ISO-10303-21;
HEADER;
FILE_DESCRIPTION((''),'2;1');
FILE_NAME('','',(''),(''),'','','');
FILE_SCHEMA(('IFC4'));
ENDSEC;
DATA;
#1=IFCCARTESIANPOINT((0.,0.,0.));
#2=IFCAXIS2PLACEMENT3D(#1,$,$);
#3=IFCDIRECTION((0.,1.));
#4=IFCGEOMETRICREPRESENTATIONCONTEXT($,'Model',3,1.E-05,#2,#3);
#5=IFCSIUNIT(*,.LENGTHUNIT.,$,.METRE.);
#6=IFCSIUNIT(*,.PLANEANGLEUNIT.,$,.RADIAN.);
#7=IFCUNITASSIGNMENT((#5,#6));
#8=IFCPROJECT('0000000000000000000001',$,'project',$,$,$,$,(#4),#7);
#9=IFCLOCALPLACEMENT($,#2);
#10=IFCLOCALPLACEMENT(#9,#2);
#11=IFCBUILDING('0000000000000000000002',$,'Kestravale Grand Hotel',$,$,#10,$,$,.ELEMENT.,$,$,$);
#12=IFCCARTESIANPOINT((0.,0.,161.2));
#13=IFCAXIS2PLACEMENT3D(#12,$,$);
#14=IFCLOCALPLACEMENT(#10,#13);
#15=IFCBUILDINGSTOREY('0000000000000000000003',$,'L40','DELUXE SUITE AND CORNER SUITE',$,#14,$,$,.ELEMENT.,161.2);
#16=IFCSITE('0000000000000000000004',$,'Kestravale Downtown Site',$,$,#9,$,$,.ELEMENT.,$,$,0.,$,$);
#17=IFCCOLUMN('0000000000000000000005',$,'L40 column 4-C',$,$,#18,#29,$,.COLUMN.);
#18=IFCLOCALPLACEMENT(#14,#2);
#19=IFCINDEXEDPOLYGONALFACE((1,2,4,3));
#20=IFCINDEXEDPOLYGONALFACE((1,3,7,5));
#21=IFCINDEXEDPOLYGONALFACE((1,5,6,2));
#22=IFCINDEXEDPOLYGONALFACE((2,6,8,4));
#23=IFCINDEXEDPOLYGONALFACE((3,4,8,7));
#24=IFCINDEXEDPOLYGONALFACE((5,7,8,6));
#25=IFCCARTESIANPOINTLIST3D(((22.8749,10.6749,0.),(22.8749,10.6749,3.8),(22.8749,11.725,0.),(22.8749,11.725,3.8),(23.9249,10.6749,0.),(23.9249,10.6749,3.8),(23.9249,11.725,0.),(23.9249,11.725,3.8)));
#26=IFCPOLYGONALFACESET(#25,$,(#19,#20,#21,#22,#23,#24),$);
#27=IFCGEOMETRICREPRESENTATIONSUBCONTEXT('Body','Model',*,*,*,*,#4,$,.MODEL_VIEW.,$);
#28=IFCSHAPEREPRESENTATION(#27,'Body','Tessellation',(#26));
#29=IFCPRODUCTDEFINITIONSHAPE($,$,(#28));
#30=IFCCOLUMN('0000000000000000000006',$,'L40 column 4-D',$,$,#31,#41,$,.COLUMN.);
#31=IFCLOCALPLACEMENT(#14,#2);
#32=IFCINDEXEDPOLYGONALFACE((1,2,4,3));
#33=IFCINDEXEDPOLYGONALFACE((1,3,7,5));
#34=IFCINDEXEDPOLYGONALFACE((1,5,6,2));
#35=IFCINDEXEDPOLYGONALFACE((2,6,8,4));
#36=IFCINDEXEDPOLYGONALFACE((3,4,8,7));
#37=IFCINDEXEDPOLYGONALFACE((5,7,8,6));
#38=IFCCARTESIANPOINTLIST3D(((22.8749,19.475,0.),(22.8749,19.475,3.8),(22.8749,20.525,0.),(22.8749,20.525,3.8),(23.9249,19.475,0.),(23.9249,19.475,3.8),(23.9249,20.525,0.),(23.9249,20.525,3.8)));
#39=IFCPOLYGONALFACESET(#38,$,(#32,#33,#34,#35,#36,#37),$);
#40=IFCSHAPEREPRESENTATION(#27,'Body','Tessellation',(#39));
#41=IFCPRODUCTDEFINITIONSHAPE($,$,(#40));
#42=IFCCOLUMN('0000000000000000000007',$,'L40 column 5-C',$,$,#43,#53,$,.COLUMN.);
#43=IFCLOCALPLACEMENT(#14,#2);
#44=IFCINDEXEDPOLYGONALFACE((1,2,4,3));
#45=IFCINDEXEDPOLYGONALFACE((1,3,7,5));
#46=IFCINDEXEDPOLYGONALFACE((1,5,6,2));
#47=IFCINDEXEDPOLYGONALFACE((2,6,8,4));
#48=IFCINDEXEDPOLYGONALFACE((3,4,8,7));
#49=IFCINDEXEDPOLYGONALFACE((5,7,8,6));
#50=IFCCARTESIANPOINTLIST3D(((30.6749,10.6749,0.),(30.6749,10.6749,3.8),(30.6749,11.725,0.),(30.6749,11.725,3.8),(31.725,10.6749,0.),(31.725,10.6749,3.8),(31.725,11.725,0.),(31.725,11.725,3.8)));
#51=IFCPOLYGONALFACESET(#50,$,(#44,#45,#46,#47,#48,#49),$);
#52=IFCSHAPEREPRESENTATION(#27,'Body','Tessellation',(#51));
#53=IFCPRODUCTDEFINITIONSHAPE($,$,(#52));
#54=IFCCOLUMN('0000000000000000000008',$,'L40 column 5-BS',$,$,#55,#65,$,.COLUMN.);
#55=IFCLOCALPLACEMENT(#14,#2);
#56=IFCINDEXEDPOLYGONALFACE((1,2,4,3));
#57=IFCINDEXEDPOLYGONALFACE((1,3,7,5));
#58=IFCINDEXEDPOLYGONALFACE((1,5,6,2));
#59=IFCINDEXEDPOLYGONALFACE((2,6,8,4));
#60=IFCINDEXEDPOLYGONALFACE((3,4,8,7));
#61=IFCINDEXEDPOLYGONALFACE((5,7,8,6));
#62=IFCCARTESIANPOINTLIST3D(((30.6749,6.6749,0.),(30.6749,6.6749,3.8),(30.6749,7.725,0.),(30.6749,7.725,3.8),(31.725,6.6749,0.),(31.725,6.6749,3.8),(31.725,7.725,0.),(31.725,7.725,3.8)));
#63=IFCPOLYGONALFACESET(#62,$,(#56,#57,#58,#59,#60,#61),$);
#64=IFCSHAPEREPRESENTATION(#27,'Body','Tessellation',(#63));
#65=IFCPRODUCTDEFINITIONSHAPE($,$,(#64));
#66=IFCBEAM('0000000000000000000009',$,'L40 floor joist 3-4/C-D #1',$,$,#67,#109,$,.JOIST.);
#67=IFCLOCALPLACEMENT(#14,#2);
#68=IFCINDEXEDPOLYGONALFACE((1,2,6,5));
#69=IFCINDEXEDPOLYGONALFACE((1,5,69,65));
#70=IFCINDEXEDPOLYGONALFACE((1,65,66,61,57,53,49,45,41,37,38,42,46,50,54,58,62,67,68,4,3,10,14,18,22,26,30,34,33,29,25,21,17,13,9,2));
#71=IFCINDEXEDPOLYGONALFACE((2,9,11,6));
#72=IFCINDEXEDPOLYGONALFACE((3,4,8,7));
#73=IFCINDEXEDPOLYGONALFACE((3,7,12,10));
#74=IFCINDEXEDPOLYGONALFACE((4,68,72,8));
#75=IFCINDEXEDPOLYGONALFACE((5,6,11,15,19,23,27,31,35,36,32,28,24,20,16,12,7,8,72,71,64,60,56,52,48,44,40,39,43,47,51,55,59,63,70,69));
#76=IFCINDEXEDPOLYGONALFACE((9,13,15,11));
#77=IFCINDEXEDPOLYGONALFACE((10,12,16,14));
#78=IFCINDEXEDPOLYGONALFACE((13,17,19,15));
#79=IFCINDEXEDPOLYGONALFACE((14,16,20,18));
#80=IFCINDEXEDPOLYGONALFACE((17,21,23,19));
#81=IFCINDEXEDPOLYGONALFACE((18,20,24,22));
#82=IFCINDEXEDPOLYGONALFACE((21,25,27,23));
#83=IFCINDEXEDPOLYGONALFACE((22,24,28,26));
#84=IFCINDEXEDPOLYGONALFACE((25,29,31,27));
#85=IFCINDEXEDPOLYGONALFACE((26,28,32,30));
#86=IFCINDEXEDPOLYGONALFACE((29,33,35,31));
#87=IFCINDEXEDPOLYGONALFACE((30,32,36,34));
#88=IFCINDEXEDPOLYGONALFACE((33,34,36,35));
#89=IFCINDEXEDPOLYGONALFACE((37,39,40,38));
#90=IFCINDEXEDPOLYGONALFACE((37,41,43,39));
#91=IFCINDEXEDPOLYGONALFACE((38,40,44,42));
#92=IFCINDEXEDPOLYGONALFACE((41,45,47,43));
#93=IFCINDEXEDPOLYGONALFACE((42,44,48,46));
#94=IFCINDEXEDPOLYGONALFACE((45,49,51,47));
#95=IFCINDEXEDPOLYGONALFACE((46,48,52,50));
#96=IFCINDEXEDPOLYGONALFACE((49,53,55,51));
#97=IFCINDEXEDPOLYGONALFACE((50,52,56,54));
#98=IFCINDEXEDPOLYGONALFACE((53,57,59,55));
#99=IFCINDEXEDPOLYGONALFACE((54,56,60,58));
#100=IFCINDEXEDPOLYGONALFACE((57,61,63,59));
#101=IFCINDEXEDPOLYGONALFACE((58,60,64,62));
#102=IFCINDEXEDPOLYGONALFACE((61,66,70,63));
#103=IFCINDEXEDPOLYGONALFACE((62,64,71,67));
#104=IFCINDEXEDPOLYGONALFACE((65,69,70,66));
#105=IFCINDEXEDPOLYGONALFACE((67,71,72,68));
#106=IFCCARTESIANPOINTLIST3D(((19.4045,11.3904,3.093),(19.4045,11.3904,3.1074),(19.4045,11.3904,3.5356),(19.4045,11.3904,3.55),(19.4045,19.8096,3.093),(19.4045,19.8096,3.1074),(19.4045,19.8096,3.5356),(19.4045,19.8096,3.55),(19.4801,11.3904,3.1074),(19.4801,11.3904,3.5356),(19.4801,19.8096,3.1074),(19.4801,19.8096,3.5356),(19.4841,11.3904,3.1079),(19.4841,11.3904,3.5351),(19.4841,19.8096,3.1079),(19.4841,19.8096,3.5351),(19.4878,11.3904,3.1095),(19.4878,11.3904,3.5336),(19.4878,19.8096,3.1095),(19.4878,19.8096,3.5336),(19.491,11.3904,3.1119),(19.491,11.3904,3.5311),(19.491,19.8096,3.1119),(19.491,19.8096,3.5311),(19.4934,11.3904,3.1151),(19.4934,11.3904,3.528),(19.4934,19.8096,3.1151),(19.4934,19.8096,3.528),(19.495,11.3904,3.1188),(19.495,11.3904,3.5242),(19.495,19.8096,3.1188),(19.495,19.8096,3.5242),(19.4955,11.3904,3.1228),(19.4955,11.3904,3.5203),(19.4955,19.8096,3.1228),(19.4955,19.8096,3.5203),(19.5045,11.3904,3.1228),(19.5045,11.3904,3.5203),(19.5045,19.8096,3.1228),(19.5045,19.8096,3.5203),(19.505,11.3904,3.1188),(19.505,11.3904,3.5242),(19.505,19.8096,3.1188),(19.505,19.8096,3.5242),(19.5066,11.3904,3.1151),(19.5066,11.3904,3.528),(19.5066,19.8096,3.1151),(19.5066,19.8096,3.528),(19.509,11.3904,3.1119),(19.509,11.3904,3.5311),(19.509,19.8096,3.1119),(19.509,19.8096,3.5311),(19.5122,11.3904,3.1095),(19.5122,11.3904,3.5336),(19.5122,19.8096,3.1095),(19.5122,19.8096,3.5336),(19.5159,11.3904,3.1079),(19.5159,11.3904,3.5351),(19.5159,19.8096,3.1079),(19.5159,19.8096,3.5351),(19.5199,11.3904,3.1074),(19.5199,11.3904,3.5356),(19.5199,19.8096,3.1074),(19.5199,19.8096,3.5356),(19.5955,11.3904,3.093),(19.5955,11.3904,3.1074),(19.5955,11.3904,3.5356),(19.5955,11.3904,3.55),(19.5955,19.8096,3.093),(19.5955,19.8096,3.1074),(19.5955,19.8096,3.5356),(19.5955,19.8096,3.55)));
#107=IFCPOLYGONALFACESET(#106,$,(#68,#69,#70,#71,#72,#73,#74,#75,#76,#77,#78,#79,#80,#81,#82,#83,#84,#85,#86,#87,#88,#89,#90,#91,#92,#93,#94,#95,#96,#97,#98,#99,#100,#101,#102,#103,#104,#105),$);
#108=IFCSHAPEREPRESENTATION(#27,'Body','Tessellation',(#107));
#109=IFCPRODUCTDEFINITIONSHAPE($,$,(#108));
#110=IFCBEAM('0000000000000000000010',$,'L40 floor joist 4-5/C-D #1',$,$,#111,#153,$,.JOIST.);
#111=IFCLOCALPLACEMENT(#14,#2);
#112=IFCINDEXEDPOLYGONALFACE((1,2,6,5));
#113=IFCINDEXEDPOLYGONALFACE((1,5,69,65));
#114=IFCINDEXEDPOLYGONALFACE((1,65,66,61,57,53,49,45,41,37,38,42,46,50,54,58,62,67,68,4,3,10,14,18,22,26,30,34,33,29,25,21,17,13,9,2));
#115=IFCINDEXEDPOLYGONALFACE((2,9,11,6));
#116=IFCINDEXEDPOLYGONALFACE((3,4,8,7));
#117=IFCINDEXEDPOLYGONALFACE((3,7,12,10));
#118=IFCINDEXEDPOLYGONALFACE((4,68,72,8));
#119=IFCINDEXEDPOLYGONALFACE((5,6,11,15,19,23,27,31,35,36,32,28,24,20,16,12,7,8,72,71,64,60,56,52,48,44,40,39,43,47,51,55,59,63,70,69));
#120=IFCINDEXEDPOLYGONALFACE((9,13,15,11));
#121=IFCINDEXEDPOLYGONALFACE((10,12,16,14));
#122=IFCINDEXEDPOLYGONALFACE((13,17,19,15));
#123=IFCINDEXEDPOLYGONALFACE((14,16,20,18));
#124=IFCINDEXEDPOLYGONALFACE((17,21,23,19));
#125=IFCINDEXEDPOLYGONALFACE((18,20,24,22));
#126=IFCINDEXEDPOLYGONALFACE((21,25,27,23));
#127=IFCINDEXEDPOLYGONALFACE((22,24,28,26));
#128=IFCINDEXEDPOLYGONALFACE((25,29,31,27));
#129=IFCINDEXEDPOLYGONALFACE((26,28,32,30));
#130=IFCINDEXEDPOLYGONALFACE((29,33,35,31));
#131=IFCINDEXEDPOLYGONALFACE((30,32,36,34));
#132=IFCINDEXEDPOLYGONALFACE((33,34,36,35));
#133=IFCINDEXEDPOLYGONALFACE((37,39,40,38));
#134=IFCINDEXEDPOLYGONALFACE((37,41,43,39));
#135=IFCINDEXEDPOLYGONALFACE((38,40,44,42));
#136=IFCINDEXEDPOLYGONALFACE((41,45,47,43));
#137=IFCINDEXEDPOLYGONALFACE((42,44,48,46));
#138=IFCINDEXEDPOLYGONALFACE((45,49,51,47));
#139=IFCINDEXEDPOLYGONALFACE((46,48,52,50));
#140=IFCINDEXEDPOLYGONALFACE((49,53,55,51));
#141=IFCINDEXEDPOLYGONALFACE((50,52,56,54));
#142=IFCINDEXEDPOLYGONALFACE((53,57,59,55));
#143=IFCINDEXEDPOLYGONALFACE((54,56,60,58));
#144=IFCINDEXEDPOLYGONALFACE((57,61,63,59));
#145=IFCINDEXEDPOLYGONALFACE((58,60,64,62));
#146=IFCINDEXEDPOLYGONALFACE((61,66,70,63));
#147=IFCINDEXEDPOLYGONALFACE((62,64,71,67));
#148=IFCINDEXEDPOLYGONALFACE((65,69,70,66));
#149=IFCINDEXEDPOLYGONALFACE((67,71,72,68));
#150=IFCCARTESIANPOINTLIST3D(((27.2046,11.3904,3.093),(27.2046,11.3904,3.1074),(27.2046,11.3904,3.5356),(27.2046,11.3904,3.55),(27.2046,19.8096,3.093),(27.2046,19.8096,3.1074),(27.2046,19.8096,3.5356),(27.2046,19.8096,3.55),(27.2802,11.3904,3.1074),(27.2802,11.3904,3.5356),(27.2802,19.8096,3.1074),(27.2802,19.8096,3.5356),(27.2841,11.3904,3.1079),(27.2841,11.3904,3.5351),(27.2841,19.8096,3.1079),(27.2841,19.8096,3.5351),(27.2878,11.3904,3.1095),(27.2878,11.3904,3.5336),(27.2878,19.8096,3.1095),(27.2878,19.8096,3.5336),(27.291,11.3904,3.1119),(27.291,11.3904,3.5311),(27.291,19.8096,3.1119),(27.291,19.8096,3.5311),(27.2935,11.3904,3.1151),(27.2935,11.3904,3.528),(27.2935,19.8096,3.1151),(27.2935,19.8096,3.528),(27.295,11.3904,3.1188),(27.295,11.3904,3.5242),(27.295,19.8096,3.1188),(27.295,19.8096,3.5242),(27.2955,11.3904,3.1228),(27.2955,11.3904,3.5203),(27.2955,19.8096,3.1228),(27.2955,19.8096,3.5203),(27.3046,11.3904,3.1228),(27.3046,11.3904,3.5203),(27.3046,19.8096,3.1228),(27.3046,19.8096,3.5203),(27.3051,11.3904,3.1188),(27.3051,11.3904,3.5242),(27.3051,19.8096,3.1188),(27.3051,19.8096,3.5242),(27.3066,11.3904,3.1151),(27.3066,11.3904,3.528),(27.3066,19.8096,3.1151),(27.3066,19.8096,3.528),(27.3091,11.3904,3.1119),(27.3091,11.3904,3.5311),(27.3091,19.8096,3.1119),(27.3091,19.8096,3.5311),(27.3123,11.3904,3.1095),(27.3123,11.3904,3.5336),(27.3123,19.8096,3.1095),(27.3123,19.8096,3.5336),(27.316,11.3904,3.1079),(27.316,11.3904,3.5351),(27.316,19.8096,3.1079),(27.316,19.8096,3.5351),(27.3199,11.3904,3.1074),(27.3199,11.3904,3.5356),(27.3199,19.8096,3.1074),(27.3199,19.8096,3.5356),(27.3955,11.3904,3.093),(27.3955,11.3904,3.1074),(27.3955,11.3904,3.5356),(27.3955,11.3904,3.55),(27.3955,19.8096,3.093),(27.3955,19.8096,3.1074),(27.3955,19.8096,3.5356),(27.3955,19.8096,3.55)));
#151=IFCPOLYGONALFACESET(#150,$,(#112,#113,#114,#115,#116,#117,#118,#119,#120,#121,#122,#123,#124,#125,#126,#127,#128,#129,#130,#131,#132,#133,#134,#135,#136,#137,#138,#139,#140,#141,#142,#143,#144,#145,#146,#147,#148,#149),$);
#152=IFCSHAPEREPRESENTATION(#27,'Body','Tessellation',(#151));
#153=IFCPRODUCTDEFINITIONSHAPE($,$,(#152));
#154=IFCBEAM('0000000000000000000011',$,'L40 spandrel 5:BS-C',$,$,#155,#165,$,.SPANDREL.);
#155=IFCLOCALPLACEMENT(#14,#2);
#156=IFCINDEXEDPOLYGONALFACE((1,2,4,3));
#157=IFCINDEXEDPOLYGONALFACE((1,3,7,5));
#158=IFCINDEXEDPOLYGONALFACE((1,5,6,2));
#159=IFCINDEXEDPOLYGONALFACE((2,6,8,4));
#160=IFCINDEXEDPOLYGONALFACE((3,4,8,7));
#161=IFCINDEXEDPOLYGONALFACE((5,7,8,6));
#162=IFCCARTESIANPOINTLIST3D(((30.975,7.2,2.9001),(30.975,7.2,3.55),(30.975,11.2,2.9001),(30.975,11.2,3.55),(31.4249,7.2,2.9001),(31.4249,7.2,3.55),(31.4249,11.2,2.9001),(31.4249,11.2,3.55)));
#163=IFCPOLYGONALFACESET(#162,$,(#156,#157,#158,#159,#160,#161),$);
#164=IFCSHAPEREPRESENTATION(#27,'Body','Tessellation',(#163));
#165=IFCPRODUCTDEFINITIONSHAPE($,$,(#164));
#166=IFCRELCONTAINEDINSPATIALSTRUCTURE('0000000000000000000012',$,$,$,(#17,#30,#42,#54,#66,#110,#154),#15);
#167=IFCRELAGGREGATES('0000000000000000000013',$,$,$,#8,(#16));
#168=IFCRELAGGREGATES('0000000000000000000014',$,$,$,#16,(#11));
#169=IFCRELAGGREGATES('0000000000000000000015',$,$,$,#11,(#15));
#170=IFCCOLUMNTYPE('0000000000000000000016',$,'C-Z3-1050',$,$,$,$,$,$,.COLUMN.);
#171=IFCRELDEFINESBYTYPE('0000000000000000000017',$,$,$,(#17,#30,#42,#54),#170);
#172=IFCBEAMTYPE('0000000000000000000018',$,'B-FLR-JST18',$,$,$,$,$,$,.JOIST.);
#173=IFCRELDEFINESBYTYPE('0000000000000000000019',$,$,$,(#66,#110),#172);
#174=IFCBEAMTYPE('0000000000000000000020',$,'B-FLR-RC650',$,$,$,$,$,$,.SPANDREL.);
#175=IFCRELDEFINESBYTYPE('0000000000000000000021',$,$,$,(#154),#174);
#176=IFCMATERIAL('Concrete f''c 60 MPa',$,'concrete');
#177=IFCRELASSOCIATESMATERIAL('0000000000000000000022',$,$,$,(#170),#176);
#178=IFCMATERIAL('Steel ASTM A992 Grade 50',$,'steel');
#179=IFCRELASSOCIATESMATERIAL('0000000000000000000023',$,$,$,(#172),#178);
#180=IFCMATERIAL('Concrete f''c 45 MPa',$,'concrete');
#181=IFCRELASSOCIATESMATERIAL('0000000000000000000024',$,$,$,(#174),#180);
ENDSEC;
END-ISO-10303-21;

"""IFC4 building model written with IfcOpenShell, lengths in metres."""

from ifc_helpers import new_model, si_unit, direction, frame, origin, origin_2d, place, context, subcontext, project, spatial, rectangle, i_section, extrude, material, material_profile, profile_set, type_object, element, save


model = new_model("IFC4")

# Units and contexts
model_context = context("Model", 3, precision=1e-05, world=origin(), true_north=direction((0.0, 1.0)))
body_context = subcontext(model_context, "Body", "Model", "MODEL_VIEW")
ifc_project = project(units=[si_unit("LENGTHUNIT", "METRE"), si_unit("PLANEANGLEUNIT", "RADIAN")], contexts=[model_context])

# Site, building, storey
site_placement = place(None, origin())
site = spatial("IfcSite", under=ifc_project, at=site_placement, Name="Kestravale Downtown Site", CompositionType="ELEMENT", RefElevation=0.0)
building_placement = place(site_placement, origin())
building = spatial("IfcBuilding", under=site, at=building_placement, Name="Kestravale Grand Hotel", CompositionType="ELEMENT")
storey_placement = place(building_placement, frame((0.0, 0.0, 161.2)))
storey = spatial("IfcBuildingStorey", under=building, at=storey_placement, Name="L40", Description="DELUXE SUITE AND CORNER SUITE", CompositionType="ELEMENT", Elevation=161.2)

# Columns
ifc_material_1 = material(Name="Concrete f'c 60 MPa", Category="concrete")
ifc_material_profile_1 = material_profile(ifc_material_1, rectangle(XDim=1.05, YDim=1.05, at=origin_2d()))
ifc_profile_set_1 = profile_set([ifc_material_profile_1], Name="Concrete f'c 60 MPa")
column_type = type_object("IfcColumnType", Name="C-Z3-1050", PredefinedType="COLUMN", material=ifc_profile_set_1)
for number, where, z_axis, x_axis, name in (
    (1, (23.3999, 11.2, 0.0), (0.0, 0.0, 1.0), (1.0, 0.0, 0.0), "L40 column 4-C"),
    (2, (23.3999, 20.0, 0.0), (0.0, 0.0, 1.0), (1.0, 0.0, 0.0), "L40 column 4-D"),
    (3, (31.2, 11.2, 0.0), (0.0, 0.0, 1.0), (1.0, 0.0, 0.0), "L40 column 5-C"),
    (4, (31.2, 7.2, 0.0), (0.0, 0.0, 1.0), (1.0, 0.0, 0.0), "L40 column 5-BS"),
):
    element("IfcColumn", number, at=place(storey_placement, frame(where, z_axis=z_axis, x_axis=x_axis)), inside=storey, type_object=column_type, Name=name, PredefinedType="COLUMN", context=body_context, shape_type="SweptSolid", body=[
        extrude(rectangle(XDim=1.05, YDim=1.05, at=origin_2d()), origin(), (0.0, 0.0, 1.0), 3.8),
    ])

# Beams
ifc_material_2 = material(Name="Steel ASTM A992 Grade 50", Category="steel")
ifc_material_profile_2 = material_profile(ifc_material_2, i_section(OverallWidth=0.1909, OverallDepth=0.457, WebThickness=0.009, FlangeThickness=0.0144, FilletRadius=0.0154, at=origin_2d()))
ifc_profile_set_2 = profile_set([ifc_material_profile_2], Name="Steel ASTM A992 Grade 50")
beam_type_1 = type_object("IfcBeamType", Name="B-FLR-JST18", PredefinedType="JOIST", material=ifc_profile_set_2)
for number, where, z_axis, x_axis, name in (
    (5, (19.5, 11.3904, 3.3215), (0.0, 1.0, 0.0), (-1.0, 0.0, 0.0), "L40 floor joist 3-4/C-D #1"),
    (6, (27.3, 11.3904, 3.3215), (0.0, 1.0, 0.0), (-1.0, 0.0, 0.0), "L40 floor joist 4-5/C-D #1"),
):
    element("IfcBeam", number, at=place(storey_placement, frame(where, z_axis=z_axis, x_axis=x_axis)), inside=storey, type_object=beam_type_1, Name=name, PredefinedType="JOIST", context=body_context, shape_type="SweptSolid", body=[
        extrude(i_section(OverallWidth=0.1909, OverallDepth=0.457, WebThickness=0.009, FlangeThickness=0.0144, FilletRadius=0.0154, at=origin_2d()), origin(), (0.0, 0.0, 1.0), 8.4192),
    ])
ifc_material_3 = material(Name="Concrete f'c 45 MPa", Category="concrete")
ifc_material_profile_3 = material_profile(ifc_material_3, rectangle(XDim=0.45, YDim=0.6499, at=origin_2d()))
ifc_profile_set_3 = profile_set([ifc_material_profile_3], Name="Concrete f'c 45 MPa")
beam_type_2 = type_object("IfcBeamType", Name="B-FLR-RC650", PredefinedType="SPANDREL", material=ifc_profile_set_3)
beam_placement = place(storey_placement, frame((31.2, 7.2, 3.2251), z_axis=(0.0, 1.0, 0.0), x_axis=(-1.0, 0.0, 0.0)))
element("IfcBeam", 7, at=beam_placement, inside=storey, type_object=beam_type_2, Name="L40 spandrel 5:BS-C", PredefinedType="SPANDREL", context=body_context, shape_type="SweptSolid", body=[
    extrude(rectangle(XDim=0.45, YDim=0.6499, at=origin_2d()), origin(), (0.0, 0.0, 1.0), 4.0),
])

save(model, "model.ifc")
